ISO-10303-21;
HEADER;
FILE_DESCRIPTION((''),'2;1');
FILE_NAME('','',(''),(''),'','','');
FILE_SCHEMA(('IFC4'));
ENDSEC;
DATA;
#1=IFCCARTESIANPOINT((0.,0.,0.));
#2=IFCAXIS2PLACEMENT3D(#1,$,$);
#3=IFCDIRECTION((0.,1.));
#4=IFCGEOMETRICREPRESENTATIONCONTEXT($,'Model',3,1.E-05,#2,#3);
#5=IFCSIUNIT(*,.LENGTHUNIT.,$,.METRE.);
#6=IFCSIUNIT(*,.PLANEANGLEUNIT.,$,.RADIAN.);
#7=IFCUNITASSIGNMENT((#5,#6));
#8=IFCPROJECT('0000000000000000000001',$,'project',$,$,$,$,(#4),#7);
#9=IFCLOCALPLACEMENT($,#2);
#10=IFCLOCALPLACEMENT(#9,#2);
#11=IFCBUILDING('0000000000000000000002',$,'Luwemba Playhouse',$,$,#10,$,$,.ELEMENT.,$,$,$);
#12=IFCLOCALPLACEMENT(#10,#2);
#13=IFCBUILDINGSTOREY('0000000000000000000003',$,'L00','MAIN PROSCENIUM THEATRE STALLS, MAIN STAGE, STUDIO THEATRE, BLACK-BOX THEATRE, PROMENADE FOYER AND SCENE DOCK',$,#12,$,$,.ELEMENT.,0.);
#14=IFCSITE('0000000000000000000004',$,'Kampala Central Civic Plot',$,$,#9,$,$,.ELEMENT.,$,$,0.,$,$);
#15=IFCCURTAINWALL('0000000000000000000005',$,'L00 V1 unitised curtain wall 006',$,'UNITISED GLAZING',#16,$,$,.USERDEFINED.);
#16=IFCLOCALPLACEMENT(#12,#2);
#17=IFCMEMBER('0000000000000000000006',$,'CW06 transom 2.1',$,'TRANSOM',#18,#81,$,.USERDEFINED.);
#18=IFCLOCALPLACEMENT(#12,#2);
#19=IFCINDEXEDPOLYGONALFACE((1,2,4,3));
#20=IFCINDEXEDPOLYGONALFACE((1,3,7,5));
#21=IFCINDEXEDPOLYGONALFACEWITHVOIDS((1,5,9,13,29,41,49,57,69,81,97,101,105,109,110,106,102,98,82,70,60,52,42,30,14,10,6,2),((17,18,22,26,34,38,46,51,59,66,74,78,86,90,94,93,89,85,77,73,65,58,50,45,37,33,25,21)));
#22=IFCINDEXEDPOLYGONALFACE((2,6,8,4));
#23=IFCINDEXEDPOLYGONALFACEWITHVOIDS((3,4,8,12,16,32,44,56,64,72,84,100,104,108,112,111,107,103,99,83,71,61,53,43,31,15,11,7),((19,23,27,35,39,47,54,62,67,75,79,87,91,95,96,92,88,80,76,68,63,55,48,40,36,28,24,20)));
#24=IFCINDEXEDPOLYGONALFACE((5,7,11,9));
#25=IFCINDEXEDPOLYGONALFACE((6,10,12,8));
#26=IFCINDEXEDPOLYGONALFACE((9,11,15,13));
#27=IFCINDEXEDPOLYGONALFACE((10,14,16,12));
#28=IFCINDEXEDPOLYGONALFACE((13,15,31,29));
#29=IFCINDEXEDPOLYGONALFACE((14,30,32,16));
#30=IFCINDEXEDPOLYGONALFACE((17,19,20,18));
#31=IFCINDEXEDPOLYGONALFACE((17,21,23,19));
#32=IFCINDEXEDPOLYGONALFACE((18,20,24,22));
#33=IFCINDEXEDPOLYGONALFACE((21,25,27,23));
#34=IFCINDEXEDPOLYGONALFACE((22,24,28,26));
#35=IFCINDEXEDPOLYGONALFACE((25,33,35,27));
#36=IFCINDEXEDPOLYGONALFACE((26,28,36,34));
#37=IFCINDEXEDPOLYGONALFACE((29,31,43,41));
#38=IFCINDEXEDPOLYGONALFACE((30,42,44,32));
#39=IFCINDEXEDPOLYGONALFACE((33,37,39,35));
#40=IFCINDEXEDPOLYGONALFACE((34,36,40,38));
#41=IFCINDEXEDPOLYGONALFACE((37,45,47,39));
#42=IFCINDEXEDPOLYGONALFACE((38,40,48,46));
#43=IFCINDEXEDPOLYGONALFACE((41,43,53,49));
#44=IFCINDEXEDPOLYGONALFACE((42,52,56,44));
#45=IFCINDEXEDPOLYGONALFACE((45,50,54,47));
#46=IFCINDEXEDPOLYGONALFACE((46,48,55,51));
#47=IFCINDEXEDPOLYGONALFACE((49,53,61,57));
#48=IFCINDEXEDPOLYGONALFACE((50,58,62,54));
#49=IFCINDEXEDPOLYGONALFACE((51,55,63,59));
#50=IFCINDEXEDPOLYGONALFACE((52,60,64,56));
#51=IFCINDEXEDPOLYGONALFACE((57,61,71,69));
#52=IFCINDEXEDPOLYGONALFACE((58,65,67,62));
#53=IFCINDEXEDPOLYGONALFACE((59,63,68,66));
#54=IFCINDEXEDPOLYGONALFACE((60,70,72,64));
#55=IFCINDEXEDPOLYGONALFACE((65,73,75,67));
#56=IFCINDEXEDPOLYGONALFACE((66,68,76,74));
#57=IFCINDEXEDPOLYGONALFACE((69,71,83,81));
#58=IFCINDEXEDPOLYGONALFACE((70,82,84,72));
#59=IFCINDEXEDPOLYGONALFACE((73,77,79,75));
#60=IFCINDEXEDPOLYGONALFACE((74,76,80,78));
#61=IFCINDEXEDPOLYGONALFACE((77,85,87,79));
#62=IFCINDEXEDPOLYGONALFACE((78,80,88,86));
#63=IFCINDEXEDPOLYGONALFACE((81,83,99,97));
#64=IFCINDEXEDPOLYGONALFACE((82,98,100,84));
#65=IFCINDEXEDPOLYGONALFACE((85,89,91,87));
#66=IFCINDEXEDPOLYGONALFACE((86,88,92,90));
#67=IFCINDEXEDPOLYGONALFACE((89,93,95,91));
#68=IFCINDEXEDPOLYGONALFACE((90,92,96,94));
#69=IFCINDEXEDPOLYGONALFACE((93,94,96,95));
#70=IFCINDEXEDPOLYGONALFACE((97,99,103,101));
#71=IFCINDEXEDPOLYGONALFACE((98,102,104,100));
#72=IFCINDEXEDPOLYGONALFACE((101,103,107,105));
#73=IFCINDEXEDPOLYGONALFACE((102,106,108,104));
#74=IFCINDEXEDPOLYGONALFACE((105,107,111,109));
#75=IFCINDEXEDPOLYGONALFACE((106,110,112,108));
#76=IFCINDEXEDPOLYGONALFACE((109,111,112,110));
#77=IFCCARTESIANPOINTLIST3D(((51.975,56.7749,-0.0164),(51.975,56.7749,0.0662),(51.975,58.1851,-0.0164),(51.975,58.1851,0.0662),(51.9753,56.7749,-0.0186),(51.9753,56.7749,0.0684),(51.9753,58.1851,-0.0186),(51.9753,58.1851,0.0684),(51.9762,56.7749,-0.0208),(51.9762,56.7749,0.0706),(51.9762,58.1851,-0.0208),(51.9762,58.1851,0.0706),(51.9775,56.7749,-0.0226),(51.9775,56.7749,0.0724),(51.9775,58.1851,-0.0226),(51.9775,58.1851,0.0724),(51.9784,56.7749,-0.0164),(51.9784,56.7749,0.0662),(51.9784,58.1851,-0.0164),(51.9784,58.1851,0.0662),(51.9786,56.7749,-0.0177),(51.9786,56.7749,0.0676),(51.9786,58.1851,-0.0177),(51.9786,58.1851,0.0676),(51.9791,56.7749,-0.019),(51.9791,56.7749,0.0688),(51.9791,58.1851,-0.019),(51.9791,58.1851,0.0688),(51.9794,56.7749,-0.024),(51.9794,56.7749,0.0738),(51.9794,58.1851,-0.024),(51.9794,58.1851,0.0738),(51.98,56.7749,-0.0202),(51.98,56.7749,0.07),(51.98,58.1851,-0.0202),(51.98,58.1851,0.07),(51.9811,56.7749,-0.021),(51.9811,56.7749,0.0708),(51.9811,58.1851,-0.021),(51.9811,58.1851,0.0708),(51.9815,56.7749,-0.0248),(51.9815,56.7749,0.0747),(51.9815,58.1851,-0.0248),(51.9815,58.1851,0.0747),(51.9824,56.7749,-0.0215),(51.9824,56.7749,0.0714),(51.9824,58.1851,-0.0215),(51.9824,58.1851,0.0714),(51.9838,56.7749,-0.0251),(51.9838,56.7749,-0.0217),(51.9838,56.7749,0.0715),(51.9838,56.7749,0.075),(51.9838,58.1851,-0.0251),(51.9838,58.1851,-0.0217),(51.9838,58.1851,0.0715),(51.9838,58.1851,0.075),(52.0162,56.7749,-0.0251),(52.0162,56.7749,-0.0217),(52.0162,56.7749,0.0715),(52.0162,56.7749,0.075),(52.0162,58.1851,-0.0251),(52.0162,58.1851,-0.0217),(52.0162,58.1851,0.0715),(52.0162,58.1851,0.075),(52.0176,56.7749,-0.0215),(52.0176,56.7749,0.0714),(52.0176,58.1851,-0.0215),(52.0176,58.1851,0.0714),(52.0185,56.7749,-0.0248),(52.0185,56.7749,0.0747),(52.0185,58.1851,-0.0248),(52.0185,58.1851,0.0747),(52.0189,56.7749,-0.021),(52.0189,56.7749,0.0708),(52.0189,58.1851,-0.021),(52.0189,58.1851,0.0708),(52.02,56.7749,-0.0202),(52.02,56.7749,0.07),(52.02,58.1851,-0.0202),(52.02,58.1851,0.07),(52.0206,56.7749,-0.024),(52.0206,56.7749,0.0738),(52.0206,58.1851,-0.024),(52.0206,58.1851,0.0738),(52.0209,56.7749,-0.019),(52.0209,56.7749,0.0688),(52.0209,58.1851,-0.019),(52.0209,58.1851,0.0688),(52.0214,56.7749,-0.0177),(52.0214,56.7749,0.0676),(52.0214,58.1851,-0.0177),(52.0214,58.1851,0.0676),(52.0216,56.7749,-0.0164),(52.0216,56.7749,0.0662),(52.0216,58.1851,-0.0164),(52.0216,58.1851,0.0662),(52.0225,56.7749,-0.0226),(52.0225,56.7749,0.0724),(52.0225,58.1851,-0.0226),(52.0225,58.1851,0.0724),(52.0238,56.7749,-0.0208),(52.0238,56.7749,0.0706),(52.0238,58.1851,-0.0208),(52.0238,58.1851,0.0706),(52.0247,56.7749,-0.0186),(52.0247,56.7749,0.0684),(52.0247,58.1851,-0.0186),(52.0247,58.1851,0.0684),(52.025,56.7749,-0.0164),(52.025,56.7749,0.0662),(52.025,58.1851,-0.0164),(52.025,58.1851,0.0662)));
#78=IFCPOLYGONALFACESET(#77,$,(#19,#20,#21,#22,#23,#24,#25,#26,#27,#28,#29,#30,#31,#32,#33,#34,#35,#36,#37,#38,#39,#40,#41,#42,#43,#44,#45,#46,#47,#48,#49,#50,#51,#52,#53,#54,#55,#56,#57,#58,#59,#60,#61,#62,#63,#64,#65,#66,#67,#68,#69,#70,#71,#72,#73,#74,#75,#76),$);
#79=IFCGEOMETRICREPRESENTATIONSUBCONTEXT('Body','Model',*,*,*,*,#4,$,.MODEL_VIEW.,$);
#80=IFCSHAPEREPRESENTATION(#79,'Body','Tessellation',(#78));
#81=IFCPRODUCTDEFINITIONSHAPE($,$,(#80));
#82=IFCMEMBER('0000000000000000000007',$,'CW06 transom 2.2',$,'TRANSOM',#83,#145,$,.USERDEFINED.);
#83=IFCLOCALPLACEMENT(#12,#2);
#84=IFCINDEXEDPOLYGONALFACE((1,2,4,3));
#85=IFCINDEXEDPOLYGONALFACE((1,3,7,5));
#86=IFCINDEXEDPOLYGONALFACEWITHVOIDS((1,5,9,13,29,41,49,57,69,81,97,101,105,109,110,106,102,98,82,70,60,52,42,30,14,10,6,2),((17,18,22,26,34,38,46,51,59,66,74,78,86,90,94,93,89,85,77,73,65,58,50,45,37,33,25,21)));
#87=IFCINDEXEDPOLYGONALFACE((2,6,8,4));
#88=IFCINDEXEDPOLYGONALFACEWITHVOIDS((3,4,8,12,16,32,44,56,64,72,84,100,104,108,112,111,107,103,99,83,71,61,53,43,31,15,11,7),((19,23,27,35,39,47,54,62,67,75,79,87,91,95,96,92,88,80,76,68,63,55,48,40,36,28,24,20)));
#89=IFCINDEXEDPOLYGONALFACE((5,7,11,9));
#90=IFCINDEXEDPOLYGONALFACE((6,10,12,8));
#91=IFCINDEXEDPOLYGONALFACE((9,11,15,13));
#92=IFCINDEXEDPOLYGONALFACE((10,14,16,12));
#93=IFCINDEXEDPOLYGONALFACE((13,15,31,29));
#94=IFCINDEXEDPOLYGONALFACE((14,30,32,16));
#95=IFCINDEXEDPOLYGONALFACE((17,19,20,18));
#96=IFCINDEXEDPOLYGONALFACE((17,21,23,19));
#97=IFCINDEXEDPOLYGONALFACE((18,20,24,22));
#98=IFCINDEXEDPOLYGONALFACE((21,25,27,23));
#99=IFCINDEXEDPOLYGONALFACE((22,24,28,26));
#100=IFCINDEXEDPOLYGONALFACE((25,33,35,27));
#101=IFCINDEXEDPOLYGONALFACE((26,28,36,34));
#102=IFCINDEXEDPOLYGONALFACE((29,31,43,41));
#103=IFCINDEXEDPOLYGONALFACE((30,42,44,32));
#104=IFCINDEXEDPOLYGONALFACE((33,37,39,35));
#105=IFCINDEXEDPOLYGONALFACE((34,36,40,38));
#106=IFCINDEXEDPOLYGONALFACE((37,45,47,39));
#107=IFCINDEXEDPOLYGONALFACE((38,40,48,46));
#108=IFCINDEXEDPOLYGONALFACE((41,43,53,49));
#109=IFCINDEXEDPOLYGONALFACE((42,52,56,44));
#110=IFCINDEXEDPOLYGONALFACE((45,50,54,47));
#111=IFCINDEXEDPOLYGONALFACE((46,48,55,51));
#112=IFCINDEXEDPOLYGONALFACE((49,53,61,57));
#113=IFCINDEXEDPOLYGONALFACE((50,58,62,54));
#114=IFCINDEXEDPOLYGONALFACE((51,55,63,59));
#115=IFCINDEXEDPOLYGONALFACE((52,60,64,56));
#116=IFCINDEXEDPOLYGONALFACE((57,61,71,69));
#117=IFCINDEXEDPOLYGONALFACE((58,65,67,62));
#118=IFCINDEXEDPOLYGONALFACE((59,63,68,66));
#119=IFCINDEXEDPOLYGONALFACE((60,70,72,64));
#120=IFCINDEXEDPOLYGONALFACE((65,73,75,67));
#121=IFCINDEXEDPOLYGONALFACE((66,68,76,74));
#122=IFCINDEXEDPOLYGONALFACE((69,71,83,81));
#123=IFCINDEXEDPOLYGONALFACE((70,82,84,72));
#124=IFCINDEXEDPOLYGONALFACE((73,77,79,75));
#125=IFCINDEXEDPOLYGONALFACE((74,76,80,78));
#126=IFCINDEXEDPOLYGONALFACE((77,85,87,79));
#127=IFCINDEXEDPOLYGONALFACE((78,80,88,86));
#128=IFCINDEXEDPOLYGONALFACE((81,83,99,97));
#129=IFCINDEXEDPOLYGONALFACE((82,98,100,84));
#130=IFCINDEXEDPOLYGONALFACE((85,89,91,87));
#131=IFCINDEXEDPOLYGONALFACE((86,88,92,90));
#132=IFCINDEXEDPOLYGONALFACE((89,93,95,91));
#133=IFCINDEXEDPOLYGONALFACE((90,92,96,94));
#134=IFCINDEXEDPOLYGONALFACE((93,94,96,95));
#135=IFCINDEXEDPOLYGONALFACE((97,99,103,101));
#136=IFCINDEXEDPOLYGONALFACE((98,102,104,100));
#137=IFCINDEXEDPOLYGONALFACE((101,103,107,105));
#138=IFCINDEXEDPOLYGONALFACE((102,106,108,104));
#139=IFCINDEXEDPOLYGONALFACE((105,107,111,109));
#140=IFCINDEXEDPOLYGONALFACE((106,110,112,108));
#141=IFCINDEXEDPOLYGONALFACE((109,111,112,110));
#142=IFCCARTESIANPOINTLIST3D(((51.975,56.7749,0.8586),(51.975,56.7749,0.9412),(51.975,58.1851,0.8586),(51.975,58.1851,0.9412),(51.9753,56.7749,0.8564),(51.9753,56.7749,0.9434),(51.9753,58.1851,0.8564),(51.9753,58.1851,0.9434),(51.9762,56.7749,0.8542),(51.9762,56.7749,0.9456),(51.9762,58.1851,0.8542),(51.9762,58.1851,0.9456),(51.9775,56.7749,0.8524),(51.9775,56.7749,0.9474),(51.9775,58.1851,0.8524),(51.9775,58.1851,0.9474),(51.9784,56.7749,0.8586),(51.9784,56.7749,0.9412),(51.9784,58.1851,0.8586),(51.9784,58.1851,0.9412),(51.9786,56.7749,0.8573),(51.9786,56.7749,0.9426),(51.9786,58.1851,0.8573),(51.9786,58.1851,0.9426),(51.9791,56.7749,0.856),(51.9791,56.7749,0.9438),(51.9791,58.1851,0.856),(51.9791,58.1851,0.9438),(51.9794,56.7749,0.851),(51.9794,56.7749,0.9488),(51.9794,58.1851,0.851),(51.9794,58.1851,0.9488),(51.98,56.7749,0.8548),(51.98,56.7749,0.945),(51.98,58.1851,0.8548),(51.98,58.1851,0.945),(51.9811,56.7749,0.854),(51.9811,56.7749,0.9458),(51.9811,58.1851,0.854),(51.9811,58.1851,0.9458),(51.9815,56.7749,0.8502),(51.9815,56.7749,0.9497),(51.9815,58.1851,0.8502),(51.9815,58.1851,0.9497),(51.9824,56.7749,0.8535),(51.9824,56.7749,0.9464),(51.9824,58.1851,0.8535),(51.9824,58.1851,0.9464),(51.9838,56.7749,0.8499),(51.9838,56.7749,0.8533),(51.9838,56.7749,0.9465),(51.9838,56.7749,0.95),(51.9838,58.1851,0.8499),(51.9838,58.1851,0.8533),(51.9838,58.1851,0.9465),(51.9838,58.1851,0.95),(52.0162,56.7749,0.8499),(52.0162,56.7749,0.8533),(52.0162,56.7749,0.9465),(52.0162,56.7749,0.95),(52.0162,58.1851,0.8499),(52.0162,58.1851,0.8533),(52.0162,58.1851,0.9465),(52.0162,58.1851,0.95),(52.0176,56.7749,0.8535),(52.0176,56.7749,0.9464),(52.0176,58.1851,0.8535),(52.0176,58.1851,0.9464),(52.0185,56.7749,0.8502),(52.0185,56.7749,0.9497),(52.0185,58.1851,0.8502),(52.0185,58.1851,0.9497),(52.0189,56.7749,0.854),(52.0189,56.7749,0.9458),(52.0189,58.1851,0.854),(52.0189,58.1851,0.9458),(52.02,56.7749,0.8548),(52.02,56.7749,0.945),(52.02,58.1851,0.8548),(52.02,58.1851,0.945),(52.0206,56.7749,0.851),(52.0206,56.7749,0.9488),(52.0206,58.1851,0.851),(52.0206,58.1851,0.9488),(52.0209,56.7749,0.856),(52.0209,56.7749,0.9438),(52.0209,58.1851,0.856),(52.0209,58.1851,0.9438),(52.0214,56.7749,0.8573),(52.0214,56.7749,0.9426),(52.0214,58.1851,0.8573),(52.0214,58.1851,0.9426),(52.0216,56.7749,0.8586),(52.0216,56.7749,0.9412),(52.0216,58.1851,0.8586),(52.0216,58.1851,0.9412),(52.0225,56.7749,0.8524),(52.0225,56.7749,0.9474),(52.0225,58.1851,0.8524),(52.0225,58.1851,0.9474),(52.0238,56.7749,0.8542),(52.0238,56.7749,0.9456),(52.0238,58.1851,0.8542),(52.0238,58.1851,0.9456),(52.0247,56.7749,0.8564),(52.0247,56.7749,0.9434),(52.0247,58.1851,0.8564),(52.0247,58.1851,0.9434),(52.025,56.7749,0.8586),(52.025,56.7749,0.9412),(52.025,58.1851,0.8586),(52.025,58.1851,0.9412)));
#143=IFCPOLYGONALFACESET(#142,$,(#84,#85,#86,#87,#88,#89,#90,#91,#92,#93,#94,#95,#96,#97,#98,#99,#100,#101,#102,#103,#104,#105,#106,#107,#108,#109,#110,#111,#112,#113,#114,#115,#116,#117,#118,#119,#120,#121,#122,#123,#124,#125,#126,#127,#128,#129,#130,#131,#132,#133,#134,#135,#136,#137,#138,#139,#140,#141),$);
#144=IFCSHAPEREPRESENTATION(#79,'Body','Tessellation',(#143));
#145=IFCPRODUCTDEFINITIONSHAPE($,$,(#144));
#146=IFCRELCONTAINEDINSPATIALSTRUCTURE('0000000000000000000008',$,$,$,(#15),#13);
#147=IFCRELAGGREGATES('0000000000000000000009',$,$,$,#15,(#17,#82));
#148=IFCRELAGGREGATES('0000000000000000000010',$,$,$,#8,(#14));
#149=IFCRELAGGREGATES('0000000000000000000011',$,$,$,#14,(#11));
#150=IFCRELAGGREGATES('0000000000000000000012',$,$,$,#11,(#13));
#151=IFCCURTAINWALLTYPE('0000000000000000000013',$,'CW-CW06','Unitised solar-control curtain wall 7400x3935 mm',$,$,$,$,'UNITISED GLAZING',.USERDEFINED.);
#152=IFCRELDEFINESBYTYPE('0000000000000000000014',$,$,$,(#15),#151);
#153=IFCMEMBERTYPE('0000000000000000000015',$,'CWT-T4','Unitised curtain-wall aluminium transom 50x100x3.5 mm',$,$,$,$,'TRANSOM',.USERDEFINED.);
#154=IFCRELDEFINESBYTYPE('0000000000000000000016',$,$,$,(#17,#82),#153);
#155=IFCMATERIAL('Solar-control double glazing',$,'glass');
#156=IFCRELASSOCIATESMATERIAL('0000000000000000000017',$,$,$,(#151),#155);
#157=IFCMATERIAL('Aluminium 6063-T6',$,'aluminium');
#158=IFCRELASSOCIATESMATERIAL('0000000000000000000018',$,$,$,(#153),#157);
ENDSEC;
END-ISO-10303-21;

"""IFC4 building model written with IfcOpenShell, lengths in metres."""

from ifc_helpers import new_model, si_unit, direction, frame, origin, origin_2d, place, context, subcontext, project, spatial, hollow_rectangle, extrude, material, material_profile, profile_set, type_object, element, aggregate, save


model = new_model("IFC4")

# Units and contexts
model_context = context("Model", 3, precision=1e-05, world=origin(), true_north=direction((0.0, 1.0)))
body_context = subcontext(model_context, "Body", "Model", "MODEL_VIEW")
ifc_project = project(units=[si_unit("LENGTHUNIT", "METRE"), si_unit("PLANEANGLEUNIT", "RADIAN")], contexts=[model_context])

# Site, building, storey
site_placement = place(None, origin())
site = spatial("IfcSite", under=ifc_project, at=site_placement, Name="Kampala Central Civic Plot", CompositionType="ELEMENT", RefElevation=0.0)
building_placement = place(site_placement, origin())
building = spatial("IfcBuilding", under=site, at=building_placement, Name="Luwemba Playhouse", CompositionType="ELEMENT")
storey_placement = place(building_placement, origin())
storey = spatial("IfcBuildingStorey", under=building, at=storey_placement, Name="L00", Description="MAIN PROSCENIUM THEATRE STALLS, MAIN STAGE, STUDIO THEATRE, BLACK-BOX THEATRE, PROMENADE FOYER AND SCENE DOCK", CompositionType="ELEMENT", Elevation=0.0)

# Curtain wall, members
ifc_material_1 = material(Name="Solar-control double glazing", Category="glass")
curtain_wall_type = type_object("IfcCurtainWallType", Name="CW-CW06", Description="Unitised solar-control curtain wall 7400x3935 mm", ElementType="UNITISED GLAZING", PredefinedType="USERDEFINED", material=ifc_material_1)
curtain_wall_placement = place(storey_placement, origin())
curtain_wall = element("IfcCurtainWall", 1, at=curtain_wall_placement, inside=storey, type_object=curtain_wall_type, Name="L00 V1 unitised curtain wall 006", ObjectType="UNITISED GLAZING", PredefinedType="USERDEFINED")
ifc_material_2 = material(Name="Aluminium 6063-T6", Category="aluminium")
ifc_material_profile_1 = material_profile(ifc_material_2, hollow_rectangle(XDim=0.05, YDim=0.1001, WallThickness=0.0034, InnerFilletRadius=0.0054, OuterFilletRadius=0.0088, at=origin_2d()))
ifc_profile_set_1 = profile_set([ifc_material_profile_1], Name="Aluminium 6063-T6")
member_type_1 = type_object("IfcMemberType", Name="CWT-T4", Description="Unitised curtain-wall aluminium transom 50x100x3.5 mm", ElementType="TRANSOM", PredefinedType="USERDEFINED", material=ifc_profile_set_1)
member_1_placement = place(storey_placement, frame((52.0, 58.1851, 0.0249), z_axis=(0.0, -1.0, 0.0), x_axis=(1.0, 0.0, 0.0)))
member_1 = element("IfcMember", 2, at=member_1_placement, type_object=member_type_1, Name="CW06 transom 2.1", ObjectType="TRANSOM", PredefinedType="USERDEFINED", context=body_context, shape_type="SweptSolid", body=[
    extrude(hollow_rectangle(XDim=0.05, YDim=0.1001, WallThickness=0.0034, InnerFilletRadius=0.0054, OuterFilletRadius=0.0088, at=origin_2d()), origin(), (0.0, 0.0, 1.0), 1.4102),
])
member_2_placement = place(storey_placement, frame((52.0, 58.1851, 0.8999), z_axis=(0.0, -1.0, 0.0), x_axis=(1.0, 0.0, 0.0)))
member_2 = element("IfcMember", 3, at=member_2_placement, type_object=member_type_1, Name="CW06 transom 2.2", ObjectType="TRANSOM", PredefinedType="USERDEFINED", context=body_context, shape_type="SweptSolid", body=[
    extrude(hollow_rectangle(XDim=0.05, YDim=0.1001, WallThickness=0.0034, InnerFilletRadius=0.0054, OuterFilletRadius=0.0088, at=origin_2d()), origin(), (0.0, 0.0, 1.0), 1.4102),
])
aggregate(curtain_wall, [member_1, member_2])

save(model, "model.ifc")
